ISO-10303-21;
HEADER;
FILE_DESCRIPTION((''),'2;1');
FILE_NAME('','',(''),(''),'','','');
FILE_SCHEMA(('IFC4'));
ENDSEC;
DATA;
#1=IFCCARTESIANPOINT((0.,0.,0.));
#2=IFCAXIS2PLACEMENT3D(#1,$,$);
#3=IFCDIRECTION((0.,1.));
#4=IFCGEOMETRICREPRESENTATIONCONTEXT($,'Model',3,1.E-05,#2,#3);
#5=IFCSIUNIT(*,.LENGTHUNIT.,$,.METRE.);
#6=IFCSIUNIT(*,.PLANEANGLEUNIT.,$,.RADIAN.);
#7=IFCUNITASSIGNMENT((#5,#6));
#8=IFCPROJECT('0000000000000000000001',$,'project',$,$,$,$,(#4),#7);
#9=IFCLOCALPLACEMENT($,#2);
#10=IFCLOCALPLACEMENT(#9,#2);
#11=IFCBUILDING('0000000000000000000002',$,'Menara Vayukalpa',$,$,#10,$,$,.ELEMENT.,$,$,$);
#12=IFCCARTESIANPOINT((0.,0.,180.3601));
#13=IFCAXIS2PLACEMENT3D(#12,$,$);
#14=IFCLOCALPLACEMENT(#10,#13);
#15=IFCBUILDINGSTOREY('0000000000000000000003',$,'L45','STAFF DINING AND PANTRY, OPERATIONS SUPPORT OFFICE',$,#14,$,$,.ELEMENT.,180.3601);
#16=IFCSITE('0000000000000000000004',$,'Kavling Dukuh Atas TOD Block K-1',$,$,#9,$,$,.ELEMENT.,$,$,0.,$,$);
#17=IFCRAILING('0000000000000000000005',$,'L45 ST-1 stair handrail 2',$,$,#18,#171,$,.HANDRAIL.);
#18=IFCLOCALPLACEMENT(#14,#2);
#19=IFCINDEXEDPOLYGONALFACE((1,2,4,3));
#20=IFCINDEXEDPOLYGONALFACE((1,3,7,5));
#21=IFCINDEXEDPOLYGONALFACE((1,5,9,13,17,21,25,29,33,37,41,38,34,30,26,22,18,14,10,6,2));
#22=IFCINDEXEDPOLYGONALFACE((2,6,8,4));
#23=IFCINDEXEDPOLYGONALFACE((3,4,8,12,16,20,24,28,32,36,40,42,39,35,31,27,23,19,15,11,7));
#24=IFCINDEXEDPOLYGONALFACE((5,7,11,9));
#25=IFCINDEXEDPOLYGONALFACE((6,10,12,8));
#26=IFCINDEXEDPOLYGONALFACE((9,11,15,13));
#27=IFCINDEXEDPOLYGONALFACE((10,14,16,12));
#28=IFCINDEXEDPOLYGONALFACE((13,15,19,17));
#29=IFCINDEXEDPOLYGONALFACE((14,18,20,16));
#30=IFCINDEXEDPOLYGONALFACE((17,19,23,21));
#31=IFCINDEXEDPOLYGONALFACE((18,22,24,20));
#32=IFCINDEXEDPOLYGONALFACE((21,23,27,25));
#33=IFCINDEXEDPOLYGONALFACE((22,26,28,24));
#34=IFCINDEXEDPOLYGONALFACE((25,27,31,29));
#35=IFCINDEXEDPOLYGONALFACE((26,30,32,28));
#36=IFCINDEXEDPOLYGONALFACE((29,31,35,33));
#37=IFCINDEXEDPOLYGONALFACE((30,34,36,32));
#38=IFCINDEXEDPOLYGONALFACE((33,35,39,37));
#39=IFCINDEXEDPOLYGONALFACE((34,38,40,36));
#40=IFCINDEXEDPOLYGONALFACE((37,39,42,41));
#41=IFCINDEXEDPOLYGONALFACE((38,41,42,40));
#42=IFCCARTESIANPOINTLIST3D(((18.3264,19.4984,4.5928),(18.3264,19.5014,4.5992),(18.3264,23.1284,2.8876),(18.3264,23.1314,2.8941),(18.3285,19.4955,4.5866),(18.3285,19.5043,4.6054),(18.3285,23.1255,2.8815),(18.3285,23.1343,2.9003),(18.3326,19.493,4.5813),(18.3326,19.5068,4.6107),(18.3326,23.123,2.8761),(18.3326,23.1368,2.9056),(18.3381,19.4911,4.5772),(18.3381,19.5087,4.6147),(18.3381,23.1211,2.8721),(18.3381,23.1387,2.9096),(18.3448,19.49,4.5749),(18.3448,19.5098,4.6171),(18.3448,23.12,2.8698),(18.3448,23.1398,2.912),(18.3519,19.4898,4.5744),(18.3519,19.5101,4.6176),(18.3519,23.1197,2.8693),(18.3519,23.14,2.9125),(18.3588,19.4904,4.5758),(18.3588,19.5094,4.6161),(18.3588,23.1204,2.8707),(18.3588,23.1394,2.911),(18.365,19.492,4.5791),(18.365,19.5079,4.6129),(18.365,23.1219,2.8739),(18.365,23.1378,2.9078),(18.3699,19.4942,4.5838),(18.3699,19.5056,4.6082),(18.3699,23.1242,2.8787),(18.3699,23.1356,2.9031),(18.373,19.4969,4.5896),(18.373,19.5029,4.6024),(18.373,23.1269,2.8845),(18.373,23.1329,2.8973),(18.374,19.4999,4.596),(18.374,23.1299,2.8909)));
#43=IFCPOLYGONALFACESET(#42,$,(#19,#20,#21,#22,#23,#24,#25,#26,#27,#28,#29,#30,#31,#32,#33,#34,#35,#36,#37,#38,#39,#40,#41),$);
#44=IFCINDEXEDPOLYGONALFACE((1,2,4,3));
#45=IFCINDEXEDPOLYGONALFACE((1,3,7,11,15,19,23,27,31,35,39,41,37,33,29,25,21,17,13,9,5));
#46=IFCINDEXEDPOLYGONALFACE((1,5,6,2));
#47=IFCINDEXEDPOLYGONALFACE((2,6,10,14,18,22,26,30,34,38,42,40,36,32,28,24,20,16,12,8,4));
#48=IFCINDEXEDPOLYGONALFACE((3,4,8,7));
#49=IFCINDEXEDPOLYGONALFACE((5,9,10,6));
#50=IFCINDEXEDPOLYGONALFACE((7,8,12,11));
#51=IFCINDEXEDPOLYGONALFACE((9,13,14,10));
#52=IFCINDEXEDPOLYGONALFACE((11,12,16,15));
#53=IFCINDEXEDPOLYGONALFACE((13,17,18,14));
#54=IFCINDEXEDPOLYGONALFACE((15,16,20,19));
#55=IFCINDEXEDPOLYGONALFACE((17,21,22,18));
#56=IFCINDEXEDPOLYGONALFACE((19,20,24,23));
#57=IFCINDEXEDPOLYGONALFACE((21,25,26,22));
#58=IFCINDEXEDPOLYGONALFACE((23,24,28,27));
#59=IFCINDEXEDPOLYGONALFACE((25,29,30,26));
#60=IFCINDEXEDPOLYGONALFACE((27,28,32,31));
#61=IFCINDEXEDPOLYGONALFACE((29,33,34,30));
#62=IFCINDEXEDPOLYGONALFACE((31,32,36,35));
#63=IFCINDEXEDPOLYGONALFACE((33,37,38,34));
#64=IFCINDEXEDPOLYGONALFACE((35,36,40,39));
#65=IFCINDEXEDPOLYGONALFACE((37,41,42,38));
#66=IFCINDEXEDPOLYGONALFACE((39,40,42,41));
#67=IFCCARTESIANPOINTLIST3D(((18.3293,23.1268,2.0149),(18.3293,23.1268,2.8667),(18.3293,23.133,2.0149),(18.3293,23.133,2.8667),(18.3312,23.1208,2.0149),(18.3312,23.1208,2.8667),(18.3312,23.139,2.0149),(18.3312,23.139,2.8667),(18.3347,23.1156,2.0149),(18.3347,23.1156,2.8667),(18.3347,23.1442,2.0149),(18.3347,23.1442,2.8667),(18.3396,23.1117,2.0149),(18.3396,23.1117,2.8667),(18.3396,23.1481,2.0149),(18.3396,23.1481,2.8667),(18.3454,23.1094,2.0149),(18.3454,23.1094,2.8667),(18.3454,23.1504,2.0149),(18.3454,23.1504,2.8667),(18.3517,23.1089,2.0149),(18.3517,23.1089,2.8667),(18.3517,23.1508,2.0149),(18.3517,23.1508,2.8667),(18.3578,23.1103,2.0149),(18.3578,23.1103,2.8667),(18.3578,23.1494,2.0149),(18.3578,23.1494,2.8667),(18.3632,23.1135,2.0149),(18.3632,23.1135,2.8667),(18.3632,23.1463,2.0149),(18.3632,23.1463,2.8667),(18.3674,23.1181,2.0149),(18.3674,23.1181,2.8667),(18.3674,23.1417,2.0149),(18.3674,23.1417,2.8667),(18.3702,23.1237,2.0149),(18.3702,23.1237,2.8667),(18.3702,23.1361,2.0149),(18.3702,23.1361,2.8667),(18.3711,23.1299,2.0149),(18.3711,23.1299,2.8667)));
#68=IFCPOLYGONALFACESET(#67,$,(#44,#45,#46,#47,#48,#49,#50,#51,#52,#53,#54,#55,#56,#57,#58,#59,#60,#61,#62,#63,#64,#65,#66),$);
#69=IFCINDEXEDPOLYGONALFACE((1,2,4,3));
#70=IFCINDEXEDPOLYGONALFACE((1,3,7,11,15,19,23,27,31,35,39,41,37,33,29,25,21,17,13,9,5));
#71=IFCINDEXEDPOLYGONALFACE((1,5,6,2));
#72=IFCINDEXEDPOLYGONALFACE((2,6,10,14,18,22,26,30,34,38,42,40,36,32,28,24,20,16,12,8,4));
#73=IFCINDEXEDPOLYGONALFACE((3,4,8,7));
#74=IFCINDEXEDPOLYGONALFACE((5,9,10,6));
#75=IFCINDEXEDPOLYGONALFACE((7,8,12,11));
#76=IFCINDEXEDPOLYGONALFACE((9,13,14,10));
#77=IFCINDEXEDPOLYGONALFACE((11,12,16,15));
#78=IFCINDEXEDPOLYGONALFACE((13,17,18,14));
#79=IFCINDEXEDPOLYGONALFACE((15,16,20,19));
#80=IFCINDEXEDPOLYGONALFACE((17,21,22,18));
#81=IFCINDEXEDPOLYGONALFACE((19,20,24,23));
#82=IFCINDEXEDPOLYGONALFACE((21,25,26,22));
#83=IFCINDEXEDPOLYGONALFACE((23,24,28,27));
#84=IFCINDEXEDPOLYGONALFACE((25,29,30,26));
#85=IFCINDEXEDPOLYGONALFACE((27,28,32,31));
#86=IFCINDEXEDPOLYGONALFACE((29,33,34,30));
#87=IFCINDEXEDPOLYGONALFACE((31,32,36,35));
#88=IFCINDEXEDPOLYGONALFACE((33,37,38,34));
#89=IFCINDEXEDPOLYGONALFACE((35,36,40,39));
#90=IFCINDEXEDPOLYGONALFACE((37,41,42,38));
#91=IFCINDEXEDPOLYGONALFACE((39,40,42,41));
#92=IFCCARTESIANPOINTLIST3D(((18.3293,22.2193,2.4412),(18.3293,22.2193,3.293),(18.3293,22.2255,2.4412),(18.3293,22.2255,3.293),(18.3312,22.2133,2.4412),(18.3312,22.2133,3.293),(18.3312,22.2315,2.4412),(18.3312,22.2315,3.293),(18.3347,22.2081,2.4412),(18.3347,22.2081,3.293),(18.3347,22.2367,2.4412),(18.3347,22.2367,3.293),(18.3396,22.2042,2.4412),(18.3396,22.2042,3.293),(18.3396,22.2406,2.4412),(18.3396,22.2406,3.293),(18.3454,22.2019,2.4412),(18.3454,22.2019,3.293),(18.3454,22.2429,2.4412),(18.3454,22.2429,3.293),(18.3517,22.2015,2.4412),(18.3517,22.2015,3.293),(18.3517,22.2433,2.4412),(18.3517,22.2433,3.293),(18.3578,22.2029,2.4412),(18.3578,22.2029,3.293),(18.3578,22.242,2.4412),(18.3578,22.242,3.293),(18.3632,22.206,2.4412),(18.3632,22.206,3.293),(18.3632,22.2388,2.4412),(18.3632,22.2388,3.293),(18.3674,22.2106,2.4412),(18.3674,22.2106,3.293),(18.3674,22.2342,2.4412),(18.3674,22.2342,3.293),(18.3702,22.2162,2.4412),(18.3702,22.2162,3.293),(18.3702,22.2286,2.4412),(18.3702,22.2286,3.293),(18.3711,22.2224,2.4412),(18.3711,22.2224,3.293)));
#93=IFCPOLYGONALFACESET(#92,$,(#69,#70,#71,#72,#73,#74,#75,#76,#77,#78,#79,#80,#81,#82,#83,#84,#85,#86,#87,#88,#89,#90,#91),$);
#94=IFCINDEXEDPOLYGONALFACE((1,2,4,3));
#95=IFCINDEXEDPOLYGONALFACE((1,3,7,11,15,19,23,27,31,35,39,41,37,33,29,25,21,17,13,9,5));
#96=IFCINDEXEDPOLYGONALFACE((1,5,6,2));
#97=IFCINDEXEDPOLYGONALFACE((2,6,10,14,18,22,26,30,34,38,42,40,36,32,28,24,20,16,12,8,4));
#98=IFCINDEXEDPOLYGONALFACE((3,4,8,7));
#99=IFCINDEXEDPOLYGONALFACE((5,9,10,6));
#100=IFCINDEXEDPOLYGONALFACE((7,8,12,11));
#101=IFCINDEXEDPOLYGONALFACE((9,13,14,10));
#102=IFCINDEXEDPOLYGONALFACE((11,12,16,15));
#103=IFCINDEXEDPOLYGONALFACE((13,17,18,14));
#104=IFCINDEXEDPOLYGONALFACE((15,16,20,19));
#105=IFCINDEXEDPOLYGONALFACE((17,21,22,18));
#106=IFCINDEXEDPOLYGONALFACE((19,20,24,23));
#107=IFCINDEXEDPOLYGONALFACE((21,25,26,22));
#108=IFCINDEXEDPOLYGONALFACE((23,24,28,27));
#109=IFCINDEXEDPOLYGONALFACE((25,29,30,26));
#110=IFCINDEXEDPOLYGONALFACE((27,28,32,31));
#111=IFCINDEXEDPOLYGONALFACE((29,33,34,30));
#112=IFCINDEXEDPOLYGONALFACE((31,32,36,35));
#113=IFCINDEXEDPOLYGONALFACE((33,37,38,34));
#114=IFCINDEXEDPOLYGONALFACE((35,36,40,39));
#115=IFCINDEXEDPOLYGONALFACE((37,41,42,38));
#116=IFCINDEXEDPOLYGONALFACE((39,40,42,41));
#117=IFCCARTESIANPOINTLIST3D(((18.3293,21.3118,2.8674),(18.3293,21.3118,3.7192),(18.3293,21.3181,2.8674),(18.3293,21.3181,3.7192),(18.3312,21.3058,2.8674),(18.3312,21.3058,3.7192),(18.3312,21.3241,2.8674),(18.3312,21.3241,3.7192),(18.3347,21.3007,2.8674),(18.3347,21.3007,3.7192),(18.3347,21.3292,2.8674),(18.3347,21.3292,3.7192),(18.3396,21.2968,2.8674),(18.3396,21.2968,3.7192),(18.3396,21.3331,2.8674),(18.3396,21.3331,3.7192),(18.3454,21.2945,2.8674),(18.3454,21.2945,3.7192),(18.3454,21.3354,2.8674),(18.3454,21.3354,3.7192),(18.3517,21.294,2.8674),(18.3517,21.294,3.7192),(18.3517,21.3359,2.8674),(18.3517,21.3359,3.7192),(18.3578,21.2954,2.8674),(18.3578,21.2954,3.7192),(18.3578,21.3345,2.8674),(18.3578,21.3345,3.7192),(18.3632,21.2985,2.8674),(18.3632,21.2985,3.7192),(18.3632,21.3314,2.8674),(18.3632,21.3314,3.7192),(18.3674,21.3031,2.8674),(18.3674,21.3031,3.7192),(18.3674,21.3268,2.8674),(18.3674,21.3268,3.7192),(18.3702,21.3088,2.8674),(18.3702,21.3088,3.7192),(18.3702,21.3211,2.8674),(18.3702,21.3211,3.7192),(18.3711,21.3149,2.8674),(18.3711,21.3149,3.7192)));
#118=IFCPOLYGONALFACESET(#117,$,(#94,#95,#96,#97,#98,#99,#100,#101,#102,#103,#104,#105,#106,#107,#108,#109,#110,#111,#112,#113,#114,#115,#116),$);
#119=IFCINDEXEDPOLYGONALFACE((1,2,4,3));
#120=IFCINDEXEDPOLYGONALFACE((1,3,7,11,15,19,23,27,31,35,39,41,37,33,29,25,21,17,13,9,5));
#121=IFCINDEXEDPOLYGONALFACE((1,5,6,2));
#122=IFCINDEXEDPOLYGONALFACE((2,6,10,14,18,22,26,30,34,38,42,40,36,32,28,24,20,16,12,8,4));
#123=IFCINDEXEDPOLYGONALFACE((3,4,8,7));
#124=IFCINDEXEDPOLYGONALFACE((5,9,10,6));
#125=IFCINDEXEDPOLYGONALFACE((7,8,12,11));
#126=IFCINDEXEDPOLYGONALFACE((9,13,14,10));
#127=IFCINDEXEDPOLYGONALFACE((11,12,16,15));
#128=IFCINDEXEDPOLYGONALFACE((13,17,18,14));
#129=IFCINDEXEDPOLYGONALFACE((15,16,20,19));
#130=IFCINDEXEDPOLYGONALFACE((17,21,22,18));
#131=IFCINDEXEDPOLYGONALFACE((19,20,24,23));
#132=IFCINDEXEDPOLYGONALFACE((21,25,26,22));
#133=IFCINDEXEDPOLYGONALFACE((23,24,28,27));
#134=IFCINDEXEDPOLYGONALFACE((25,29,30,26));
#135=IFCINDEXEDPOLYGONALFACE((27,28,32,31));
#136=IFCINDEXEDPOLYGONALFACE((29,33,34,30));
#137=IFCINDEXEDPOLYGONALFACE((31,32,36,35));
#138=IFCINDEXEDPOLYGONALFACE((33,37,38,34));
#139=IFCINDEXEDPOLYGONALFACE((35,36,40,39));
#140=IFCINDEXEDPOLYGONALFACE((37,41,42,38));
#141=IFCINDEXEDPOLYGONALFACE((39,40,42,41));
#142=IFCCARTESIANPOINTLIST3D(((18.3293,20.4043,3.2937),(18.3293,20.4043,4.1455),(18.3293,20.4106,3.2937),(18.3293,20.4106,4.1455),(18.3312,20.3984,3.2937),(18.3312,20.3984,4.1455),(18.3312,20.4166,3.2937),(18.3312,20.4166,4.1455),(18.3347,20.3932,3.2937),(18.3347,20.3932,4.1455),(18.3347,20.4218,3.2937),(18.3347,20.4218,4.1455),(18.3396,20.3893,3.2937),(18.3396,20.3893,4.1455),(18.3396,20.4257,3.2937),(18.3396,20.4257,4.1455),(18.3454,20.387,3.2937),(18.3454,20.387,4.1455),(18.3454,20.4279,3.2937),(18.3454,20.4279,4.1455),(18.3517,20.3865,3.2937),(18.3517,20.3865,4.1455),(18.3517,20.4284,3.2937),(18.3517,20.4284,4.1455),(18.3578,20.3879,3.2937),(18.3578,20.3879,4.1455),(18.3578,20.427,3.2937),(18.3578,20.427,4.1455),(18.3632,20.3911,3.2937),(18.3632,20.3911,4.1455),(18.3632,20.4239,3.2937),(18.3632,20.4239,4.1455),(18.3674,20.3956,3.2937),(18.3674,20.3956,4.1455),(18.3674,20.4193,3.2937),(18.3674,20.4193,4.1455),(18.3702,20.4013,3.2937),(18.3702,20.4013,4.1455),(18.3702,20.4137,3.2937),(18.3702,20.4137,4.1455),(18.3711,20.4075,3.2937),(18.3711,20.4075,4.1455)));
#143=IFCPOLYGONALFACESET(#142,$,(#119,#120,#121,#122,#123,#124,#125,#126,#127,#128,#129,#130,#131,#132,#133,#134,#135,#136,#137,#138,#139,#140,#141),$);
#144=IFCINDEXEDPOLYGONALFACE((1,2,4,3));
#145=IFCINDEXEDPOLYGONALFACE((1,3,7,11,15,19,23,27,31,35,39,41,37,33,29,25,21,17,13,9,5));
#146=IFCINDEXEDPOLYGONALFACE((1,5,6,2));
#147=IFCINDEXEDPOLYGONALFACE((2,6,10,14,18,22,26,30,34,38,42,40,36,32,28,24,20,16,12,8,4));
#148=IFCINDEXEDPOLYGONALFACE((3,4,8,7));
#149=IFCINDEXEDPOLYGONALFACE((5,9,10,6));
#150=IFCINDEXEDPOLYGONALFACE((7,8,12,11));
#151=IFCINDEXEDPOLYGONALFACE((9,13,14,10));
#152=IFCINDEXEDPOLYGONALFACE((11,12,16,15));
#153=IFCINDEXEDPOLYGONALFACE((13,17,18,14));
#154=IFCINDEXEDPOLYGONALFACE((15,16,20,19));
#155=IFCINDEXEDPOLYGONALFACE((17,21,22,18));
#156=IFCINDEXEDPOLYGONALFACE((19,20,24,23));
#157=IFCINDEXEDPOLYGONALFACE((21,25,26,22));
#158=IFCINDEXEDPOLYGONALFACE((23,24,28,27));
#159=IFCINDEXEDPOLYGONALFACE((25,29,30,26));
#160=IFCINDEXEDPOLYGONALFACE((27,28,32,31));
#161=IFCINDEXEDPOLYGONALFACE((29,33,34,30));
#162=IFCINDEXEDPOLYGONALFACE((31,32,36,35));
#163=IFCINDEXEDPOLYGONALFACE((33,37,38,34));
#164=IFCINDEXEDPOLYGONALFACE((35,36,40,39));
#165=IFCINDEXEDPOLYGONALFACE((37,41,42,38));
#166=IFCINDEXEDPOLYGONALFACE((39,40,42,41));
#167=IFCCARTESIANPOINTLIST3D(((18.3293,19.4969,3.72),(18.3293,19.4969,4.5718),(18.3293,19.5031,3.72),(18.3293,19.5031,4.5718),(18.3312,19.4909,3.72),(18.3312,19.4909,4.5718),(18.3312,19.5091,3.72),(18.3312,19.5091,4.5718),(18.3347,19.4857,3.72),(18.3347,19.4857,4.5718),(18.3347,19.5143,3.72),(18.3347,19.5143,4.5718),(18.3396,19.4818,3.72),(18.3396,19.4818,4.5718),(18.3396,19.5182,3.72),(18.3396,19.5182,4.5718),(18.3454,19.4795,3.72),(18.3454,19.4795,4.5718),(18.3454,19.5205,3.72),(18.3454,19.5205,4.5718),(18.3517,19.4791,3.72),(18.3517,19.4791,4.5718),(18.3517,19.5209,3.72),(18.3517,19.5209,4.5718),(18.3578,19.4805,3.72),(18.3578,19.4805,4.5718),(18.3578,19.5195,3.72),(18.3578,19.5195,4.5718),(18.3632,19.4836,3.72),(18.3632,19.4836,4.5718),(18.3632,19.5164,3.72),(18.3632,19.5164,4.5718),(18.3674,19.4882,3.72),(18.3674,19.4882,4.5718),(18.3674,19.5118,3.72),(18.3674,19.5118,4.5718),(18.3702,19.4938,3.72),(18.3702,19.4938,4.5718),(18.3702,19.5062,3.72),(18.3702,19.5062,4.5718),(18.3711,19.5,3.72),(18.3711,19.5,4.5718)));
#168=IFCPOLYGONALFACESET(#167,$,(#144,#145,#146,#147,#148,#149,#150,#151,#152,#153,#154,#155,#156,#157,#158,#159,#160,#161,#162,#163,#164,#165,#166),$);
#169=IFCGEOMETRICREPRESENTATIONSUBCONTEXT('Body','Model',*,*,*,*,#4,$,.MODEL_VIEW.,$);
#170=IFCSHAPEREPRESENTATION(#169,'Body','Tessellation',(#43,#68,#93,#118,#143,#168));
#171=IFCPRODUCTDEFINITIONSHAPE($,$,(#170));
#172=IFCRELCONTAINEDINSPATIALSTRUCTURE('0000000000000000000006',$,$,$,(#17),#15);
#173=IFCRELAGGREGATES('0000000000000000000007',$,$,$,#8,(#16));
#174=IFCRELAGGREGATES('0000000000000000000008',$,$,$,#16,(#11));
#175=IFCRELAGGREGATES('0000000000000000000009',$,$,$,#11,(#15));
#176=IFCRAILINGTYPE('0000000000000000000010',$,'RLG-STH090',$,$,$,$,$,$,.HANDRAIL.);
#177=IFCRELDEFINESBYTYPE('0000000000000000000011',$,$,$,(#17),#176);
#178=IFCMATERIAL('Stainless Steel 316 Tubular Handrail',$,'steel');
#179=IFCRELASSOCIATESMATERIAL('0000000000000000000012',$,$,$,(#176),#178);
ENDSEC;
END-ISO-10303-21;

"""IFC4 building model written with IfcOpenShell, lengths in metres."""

from ifc_helpers import new_model, si_unit, direction, frame, origin, origin_2d, place, context, subcontext, project, spatial, circle, extrude, material, type_object, element, save


model = new_model("IFC4")

# Units and contexts
model_context = context("Model", 3, precision=1e-05, world=origin(), true_north=direction((0.0, 1.0)))
body_context = subcontext(model_context, "Body", "Model", "MODEL_VIEW")
ifc_project = project(units=[si_unit("LENGTHUNIT", "METRE"), si_unit("PLANEANGLEUNIT", "RADIAN")], contexts=[model_context])

# Site, building, storey
site_placement = place(None, origin())
site = spatial("IfcSite", under=ifc_project, at=site_placement, Name="Kavling Dukuh Atas TOD Block K-1", CompositionType="ELEMENT", RefElevation=0.0)
building_placement = place(site_placement, origin())
building = spatial("IfcBuilding", under=site, at=building_placement, Name="Menara Vayukalpa", CompositionType="ELEMENT")
storey_placement = place(building_placement, frame((0.0, 0.0, 180.3601)))
storey = spatial("IfcBuildingStorey", under=building, at=storey_placement, Name="L45", Description="STAFF DINING AND PANTRY, OPERATIONS SUPPORT OFFICE", CompositionType="ELEMENT", Elevation=180.3601)

# Railing
ifc_material_1 = material(Name="Stainless Steel 316 Tubular Handrail", Category="steel")
railing_type_1 = type_object("IfcRailingType", Name="RLG-STH090", PredefinedType="HANDRAIL", material=ifc_material_1)
railing_1_placement = place(storey_placement, frame((18.3501, 23.1299, 2.0149)))
element("IfcRailing", 1, at=railing_1_placement, inside=storey, type_object=railing_type_1, Name="L45 ST-1 stair handrail 2", PredefinedType="HANDRAIL", context=body_context, shape_type="SweptSolid", body=[
    extrude(circle(Radius=0.0239, at=origin_2d()), frame((0.0, 0.0, 0.876), z_axis=(0.0, -0.905116, 0.425164), x_axis=(1.0, 0.0, 0.0)), (0.0, 0.0, 1.0), 4.0105),
    extrude(circle(Radius=0.021, at=origin_2d()), origin(), (0.0, 0.0, 1.0), 0.8518),
    extrude(circle(Radius=0.021, at=origin_2d()), frame((0.0, -0.9075, 0.4263)), (0.0, 0.0, 1.0), 0.8518),
    extrude(circle(Radius=0.021, at=origin_2d()), frame((0.0, -1.8149, 0.8525)), (0.0, 0.0, 1.0), 0.8518),
    extrude(circle(Radius=0.021, at=origin_2d()), frame((0.0, -2.7224, 1.2788)), (0.0, 0.0, 1.0), 0.8518),
    extrude(circle(Radius=0.021, at=origin_2d()), frame((0.0, -3.6299, 1.7051)), (0.0, 0.0, 1.0), 0.8518),
])

save(model, "model.ifc")
